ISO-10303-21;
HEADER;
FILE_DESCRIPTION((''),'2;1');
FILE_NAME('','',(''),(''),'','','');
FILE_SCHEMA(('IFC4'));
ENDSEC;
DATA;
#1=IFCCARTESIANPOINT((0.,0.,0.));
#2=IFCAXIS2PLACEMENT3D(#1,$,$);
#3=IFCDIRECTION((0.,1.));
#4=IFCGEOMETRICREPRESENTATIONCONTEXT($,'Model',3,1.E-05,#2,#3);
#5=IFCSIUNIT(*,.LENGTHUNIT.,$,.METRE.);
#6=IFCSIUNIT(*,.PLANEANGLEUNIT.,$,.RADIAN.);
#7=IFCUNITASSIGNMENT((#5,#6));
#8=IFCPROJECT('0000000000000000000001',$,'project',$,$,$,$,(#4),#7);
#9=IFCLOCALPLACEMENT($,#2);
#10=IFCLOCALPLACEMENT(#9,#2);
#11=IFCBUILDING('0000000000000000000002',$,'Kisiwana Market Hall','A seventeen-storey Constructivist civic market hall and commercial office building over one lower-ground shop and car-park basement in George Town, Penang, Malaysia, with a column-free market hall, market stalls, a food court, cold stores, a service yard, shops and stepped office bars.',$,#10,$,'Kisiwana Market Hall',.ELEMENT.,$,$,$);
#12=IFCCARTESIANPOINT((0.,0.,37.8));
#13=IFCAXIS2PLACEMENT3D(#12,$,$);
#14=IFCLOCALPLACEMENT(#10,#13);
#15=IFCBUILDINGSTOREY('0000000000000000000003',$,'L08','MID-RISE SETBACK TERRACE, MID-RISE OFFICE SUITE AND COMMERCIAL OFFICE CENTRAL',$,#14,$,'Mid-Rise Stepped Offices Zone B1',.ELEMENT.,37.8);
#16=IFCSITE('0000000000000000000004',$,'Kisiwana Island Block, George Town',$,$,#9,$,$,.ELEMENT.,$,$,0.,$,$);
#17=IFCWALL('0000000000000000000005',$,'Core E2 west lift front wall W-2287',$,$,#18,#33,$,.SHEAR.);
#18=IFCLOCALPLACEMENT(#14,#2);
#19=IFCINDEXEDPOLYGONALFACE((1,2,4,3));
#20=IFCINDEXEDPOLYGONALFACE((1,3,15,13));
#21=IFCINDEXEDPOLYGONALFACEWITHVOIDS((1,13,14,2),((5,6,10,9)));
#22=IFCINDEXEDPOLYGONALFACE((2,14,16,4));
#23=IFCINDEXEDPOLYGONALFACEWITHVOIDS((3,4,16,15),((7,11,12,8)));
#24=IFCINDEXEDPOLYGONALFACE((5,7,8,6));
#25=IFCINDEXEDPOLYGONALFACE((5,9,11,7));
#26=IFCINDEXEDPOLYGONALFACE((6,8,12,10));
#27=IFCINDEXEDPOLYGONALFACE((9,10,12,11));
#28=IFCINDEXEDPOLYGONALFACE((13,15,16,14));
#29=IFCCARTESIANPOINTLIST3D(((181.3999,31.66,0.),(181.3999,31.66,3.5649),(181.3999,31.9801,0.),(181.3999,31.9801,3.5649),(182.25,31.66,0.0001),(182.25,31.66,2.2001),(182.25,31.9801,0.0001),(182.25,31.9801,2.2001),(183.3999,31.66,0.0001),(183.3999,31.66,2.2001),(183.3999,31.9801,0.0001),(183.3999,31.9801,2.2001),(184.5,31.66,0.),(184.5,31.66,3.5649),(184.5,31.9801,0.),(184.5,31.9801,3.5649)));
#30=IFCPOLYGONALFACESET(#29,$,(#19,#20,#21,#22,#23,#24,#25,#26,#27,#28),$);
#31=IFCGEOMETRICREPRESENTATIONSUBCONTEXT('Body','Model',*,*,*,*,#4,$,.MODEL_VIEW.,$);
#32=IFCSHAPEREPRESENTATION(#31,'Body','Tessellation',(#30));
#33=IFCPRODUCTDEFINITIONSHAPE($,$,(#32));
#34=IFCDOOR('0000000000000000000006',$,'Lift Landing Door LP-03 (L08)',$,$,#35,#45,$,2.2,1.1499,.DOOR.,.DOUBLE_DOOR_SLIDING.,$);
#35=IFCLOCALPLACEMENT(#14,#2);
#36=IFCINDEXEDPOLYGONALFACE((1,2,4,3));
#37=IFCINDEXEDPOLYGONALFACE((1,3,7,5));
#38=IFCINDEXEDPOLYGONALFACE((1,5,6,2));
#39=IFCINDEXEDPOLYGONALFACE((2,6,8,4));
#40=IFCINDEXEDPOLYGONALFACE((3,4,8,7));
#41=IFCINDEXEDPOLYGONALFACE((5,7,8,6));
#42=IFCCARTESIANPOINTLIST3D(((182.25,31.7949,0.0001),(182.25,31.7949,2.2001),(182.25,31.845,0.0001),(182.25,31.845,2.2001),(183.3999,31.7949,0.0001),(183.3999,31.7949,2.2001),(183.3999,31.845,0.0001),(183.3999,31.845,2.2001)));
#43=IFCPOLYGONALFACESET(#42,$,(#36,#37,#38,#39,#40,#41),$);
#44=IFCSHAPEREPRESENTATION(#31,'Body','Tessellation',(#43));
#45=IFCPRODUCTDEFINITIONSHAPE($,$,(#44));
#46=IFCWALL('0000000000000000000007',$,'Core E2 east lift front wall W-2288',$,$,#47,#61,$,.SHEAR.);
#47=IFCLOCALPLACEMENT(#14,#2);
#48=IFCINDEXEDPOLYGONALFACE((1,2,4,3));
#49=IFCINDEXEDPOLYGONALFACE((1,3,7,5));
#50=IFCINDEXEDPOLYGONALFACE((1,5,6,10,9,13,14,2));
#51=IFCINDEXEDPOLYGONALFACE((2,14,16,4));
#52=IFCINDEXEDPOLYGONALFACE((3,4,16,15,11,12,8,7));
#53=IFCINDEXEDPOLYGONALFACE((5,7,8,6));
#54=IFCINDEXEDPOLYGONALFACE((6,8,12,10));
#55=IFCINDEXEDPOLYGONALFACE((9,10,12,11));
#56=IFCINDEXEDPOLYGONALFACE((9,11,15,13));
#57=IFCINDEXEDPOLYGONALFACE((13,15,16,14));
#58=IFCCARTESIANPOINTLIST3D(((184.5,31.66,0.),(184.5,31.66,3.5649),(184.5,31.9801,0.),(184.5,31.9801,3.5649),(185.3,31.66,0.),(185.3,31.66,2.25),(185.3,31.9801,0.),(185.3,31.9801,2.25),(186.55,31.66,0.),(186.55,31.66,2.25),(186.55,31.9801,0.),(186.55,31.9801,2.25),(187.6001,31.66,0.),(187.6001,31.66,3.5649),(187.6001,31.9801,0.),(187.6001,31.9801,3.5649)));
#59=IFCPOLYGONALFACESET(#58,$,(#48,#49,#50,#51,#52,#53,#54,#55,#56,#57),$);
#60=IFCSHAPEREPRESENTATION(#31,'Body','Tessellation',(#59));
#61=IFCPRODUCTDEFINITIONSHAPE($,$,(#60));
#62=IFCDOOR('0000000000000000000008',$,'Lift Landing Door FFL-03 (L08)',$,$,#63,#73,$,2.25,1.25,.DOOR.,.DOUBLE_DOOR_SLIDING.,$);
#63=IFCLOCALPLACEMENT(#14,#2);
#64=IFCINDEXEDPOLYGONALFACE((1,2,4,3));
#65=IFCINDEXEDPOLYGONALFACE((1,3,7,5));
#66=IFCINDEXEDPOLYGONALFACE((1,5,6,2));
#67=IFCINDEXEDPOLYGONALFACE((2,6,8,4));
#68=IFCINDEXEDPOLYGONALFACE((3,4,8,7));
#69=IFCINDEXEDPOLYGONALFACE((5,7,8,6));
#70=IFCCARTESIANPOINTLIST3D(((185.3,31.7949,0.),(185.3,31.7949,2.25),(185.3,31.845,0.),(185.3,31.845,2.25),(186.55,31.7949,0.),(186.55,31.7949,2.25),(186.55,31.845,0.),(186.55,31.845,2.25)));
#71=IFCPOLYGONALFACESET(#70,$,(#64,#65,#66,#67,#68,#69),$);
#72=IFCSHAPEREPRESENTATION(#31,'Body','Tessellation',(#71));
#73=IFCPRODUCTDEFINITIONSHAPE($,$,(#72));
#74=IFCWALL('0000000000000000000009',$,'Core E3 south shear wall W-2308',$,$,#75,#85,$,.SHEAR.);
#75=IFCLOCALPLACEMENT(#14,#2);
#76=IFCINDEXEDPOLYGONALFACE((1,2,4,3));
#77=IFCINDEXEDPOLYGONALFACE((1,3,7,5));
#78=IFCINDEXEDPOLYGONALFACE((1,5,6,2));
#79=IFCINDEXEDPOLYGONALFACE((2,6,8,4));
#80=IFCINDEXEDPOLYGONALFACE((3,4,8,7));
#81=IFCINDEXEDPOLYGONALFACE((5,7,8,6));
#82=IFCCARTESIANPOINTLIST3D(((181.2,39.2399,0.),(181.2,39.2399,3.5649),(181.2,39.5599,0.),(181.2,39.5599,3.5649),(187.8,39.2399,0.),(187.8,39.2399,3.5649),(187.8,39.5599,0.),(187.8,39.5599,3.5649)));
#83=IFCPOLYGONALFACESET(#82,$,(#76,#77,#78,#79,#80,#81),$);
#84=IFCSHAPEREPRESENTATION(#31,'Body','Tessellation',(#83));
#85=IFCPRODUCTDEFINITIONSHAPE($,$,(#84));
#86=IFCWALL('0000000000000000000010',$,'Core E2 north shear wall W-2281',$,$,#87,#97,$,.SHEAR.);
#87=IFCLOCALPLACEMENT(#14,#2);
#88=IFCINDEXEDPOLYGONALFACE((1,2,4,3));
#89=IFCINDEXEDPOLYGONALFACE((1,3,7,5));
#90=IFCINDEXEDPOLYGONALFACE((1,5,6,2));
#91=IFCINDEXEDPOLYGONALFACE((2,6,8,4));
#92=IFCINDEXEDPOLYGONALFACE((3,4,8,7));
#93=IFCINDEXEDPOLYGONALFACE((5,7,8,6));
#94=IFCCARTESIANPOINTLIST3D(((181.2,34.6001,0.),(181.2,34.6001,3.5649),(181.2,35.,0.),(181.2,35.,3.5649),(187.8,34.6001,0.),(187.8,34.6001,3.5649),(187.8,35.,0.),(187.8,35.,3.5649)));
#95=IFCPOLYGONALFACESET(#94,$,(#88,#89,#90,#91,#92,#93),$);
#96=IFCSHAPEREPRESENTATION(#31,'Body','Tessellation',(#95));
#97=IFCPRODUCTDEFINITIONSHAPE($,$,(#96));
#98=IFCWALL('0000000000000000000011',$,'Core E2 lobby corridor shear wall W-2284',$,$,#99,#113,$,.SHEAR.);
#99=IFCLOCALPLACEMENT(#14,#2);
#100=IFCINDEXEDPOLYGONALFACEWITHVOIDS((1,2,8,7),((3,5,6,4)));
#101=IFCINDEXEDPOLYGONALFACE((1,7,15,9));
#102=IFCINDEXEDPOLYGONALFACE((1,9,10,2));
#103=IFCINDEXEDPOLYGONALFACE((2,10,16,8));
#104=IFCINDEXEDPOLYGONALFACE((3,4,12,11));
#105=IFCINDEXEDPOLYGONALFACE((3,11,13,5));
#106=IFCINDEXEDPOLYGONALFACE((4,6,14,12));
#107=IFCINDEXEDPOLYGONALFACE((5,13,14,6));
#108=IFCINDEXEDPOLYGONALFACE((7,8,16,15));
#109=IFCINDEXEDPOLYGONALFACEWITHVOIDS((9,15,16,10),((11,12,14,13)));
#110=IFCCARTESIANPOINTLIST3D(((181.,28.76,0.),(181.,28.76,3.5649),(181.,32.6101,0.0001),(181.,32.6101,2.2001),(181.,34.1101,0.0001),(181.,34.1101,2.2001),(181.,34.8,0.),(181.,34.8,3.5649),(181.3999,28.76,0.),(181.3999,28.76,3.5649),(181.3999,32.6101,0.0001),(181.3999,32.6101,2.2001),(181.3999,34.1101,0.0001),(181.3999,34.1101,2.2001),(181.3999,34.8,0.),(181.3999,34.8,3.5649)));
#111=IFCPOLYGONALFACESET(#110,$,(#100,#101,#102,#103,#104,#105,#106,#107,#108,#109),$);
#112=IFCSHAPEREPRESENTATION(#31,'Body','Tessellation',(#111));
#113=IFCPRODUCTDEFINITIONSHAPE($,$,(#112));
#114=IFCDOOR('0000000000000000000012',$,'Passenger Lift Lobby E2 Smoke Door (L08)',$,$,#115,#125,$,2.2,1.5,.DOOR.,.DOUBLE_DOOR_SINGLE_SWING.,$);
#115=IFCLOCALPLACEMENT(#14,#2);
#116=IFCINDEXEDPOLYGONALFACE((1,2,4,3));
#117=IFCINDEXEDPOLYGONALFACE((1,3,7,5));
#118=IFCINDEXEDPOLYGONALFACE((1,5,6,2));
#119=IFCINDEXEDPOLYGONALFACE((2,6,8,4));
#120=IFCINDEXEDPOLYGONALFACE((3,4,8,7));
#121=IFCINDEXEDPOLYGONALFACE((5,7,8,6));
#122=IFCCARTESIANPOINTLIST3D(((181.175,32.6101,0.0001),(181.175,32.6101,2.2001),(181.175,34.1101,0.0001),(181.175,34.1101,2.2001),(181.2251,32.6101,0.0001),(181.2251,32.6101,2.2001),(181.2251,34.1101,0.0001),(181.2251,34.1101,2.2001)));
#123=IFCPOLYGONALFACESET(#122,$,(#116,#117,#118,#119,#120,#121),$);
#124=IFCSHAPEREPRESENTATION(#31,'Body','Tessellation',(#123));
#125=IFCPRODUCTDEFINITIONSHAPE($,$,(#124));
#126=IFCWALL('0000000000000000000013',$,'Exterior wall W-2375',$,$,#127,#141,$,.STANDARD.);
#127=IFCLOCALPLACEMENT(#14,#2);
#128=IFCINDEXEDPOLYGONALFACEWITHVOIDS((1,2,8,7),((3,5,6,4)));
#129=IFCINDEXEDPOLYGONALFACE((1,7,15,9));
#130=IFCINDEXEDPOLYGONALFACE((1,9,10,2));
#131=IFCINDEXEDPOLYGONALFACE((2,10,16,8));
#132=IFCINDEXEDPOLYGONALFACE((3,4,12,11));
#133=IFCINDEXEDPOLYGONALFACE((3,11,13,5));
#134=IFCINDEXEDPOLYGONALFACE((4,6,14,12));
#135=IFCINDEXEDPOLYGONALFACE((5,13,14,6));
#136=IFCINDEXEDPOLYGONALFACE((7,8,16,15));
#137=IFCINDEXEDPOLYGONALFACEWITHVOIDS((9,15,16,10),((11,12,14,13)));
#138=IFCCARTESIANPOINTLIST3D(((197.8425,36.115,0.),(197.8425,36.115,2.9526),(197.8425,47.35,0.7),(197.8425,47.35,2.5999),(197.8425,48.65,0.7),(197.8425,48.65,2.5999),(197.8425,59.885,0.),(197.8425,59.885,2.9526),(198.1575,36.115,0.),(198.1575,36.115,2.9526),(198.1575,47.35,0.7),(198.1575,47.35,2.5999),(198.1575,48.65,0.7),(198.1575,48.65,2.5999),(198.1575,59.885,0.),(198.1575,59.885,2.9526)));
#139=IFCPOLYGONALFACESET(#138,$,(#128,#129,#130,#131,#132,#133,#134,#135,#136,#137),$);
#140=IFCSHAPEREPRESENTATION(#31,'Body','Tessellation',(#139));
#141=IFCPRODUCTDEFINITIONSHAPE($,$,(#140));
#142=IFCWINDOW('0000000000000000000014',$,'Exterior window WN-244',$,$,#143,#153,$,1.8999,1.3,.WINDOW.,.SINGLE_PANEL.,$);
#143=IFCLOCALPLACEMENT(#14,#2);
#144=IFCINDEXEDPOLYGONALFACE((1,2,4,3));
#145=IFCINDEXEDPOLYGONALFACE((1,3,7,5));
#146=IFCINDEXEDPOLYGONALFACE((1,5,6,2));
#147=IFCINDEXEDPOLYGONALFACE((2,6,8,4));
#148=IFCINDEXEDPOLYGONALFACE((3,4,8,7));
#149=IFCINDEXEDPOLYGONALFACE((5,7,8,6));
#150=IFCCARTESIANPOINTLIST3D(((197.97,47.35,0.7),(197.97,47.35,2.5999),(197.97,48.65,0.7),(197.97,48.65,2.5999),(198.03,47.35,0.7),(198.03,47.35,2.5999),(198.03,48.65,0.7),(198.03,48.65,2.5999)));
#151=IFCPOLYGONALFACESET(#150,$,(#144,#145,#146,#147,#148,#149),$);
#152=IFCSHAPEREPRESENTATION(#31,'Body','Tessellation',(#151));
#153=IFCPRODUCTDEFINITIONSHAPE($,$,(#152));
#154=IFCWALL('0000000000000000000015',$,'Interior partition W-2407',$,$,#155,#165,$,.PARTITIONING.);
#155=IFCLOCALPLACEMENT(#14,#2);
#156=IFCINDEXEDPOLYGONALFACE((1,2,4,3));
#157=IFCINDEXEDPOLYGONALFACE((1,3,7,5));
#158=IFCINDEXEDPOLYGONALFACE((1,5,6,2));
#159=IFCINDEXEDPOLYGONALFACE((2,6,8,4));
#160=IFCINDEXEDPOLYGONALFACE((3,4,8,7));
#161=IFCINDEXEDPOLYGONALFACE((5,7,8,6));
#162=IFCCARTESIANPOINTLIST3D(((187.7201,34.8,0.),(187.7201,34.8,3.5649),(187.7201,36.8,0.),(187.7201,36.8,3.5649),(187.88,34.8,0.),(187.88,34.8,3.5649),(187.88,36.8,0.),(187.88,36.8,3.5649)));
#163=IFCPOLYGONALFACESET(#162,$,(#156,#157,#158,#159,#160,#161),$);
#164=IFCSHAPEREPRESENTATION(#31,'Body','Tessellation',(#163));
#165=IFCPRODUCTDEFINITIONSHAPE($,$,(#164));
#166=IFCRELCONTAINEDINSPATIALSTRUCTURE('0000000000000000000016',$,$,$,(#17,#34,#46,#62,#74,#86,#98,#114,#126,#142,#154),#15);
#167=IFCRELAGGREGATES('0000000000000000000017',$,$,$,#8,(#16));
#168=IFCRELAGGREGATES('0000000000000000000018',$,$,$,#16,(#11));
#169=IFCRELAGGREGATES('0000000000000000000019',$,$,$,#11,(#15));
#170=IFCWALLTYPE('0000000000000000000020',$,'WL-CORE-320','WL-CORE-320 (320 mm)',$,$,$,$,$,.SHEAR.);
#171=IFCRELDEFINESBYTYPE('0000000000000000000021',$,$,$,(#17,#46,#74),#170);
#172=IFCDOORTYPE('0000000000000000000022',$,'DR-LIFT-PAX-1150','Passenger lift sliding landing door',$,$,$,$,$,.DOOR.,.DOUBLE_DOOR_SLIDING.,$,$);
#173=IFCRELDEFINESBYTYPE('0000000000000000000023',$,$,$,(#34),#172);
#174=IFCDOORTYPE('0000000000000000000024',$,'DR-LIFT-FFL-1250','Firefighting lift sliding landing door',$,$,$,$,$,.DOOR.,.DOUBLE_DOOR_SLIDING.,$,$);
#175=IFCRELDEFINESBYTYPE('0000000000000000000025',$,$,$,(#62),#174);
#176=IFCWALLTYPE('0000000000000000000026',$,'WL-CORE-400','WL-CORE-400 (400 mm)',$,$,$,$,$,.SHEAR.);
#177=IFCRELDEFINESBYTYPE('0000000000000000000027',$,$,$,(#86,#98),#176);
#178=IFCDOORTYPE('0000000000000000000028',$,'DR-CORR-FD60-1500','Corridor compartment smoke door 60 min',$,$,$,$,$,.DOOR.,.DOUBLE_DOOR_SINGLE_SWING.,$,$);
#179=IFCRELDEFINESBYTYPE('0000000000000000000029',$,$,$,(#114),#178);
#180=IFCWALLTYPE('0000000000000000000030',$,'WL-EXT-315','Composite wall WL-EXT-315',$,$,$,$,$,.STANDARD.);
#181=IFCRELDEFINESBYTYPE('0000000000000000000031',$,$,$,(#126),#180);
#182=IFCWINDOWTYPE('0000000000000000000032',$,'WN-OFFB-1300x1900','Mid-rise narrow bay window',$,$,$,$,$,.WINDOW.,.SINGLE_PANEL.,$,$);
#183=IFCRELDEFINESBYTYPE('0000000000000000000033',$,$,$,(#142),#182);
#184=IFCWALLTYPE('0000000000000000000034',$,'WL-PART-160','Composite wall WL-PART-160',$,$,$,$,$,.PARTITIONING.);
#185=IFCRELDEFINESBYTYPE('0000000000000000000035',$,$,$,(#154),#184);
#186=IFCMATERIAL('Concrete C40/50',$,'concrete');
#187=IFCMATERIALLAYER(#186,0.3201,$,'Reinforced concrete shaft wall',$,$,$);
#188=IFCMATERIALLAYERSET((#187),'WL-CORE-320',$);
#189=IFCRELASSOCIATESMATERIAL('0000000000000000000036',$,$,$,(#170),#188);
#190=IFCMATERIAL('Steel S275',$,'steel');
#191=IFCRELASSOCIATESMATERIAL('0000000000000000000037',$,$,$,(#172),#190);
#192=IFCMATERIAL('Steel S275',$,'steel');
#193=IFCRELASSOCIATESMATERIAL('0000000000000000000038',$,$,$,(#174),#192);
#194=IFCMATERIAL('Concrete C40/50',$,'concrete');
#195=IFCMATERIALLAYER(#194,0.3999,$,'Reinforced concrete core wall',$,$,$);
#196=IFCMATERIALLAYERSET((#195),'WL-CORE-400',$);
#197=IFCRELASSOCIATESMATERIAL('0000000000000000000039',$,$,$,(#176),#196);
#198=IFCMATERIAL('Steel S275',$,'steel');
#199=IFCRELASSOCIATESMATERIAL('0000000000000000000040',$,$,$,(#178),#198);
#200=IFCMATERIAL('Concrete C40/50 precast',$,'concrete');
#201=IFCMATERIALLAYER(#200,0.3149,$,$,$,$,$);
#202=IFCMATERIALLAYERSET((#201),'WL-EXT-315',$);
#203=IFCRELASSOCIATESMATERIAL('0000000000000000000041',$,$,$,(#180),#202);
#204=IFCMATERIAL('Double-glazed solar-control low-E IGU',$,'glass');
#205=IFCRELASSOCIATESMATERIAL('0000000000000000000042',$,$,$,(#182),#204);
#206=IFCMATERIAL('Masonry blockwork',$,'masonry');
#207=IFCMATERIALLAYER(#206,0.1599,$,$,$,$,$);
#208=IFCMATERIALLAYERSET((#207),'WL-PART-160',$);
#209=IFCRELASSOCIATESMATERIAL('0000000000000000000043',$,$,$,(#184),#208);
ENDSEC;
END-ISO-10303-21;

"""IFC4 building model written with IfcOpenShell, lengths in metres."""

from ifc_helpers import new_model, si_unit, direction, frame, frame_2d, origin, place, context, subcontext, project, spatial, rectangle, extrude, material, layer, layer_set, type_object, element, fill, save


model = new_model("IFC4")

# Units and contexts
model_context = context("Model", 3, precision=1e-05, world=origin(), true_north=direction((0.0, 1.0)))
body_context = subcontext(model_context, "Body", "Model", "MODEL_VIEW")
ifc_project = project(units=[si_unit("LENGTHUNIT", "METRE"), si_unit("PLANEANGLEUNIT", "RADIAN")], contexts=[model_context])

# Site, building, storey
site_placement = place(None, origin())
site = spatial("IfcSite", under=ifc_project, at=site_placement, Name="Kisiwana Island Block, George Town", CompositionType="ELEMENT", RefElevation=0.0)
building_placement = place(site_placement, origin())
building = spatial("IfcBuilding", under=site, at=building_placement, Name="Kisiwana Market Hall", Description="A seventeen-storey Constructivist civic market hall and commercial office building over one lower-ground shop and car-park basement in George Town, Penang, Malaysia, with a column-free market hall, market stalls, a food court, cold stores, a service yard, shops and stepped office bars.", LongName="Kisiwana Market Hall", CompositionType="ELEMENT")
storey_placement = place(building_placement, frame((0.0, 0.0, 37.8)))
storey = spatial("IfcBuildingStorey", under=building, at=storey_placement, Name="L08", Description="MID-RISE SETBACK TERRACE, MID-RISE OFFICE SUITE AND COMMERCIAL OFFICE CENTRAL", LongName="Mid-Rise Stepped Offices Zone B1", CompositionType="ELEMENT", Elevation=37.8)

# Shared definitions
ifc_material_1 = material(Name="Concrete C40/50", Category="concrete")
ifc_layer_1 = layer(ifc_material_1, 0.3201, Name="Reinforced concrete shaft wall")
ifc_layer_set_1 = layer_set([ifc_layer_1], Name="WL-CORE-320")
wall_type_1 = type_object("IfcWallType", Name="WL-CORE-320", Description="WL-CORE-320 (320 mm)", PredefinedType="SHEAR", material=ifc_layer_set_1)

# Walls, openings, doors
wall_1_placement = place(storey_placement, frame((181.3999, 31.8201, 0.0), z_axis=(0.0, 0.0, 1.0), x_axis=(1.0, 0.0, 0.0)))
wall_1 = element("IfcWall", 1, at=wall_1_placement, inside=storey, type_object=wall_type_1, Name="Core E2 west lift front wall W-2287", PredefinedType="SHEAR", context=body_context, shape_type="SweptSolid", body=[
    extrude(rectangle(XDim=3.1001, YDim=0.3201, at=frame_2d((1.55, 0.0))), origin(), (0.0, 0.0, 1.0), 3.5649),
])
opening_1_placement = place(wall_1_placement, frame((0.8501, 0.0, 0.0)))
opening_1 = element("IfcOpeningElement", 2, at=opening_1_placement, cuts=wall_1, PredefinedType="OPENING", context=body_context, shape_type="SweptSolid", body=[
    extrude(rectangle(XDim=1.1499, YDim=2.2, at=frame_2d((0.575, 1.1001))), frame((0.0, 0.1719, 0.0), z_axis=(0.0, -1.0, 0.0), x_axis=(1.0, 0.0, 0.0)), (0.0, 0.0, 1.0), 0.344),
])
ifc_material_2 = material(Name="Steel S275", Category="steel")
door_type_1 = type_object("IfcDoorType", Name="DR-LIFT-PAX-1150", Description="Passenger lift sliding landing door", OperationType="DOUBLE_DOOR_SLIDING", PredefinedType="DOOR", material=ifc_material_2)
door_1_placement = place(opening_1_placement, origin())
door_1 = element("IfcDoor", 3, at=door_1_placement, inside=storey, type_object=door_type_1, Name="Lift Landing Door LP-03 (L08)", OperationType="DOUBLE_DOOR_SLIDING", OverallHeight=2.2, OverallWidth=1.1499, PredefinedType="DOOR", context=body_context, shape_type="SweptSolid", body=[
    extrude(rectangle(XDim=1.1499, YDim=2.2, at=frame_2d((0.575, 1.1001))), frame((0.0, 0.0249, 0.0), z_axis=(0.0, -1.0, 0.0), x_axis=(1.0, 0.0, 0.0)), (0.0, 0.0, 1.0), 0.05),
])
fill(opening_1, door_1)
wall_2_placement = place(storey_placement, frame((184.5, 31.8201, 0.0), z_axis=(0.0, 0.0, 1.0), x_axis=(1.0, 0.0, 0.0)))
wall_2 = element("IfcWall", 4, at=wall_2_placement, inside=storey, type_object=wall_type_1, Name="Core E2 east lift front wall W-2288", PredefinedType="SHEAR", context=body_context, shape_type="SweptSolid", body=[
    extrude(rectangle(XDim=3.1001, YDim=0.3201, at=frame_2d((1.55, 0.0))), origin(), (0.0, 0.0, 1.0), 3.5649),
])
opening_2_placement = place(wall_2_placement, frame((0.8, 0.0, 0.0)))
opening_2 = element("IfcOpeningElement", 5, at=opening_2_placement, cuts=wall_2, PredefinedType="OPENING", context=body_context, shape_type="SweptSolid", body=[
    extrude(rectangle(XDim=1.25, YDim=2.25, at=frame_2d((0.625, 1.125))), frame((0.0, 0.1719, 0.0), z_axis=(0.0, -1.0, 0.0), x_axis=(1.0, 0.0, 0.0)), (0.0, 0.0, 1.0), 0.344),
])
ifc_material_3 = material(Name="Steel S275", Category="steel")
door_type_2 = type_object("IfcDoorType", Name="DR-LIFT-FFL-1250", Description="Firefighting lift sliding landing door", OperationType="DOUBLE_DOOR_SLIDING", PredefinedType="DOOR", material=ifc_material_3)
door_2_placement = place(opening_2_placement, origin())
door_2 = element("IfcDoor", 6, at=door_2_placement, inside=storey, type_object=door_type_2, Name="Lift Landing Door FFL-03 (L08)", OperationType="DOUBLE_DOOR_SLIDING", OverallHeight=2.25, OverallWidth=1.25, PredefinedType="DOOR", context=body_context, shape_type="SweptSolid", body=[
    extrude(rectangle(XDim=1.25, YDim=2.25, at=frame_2d((0.625, 1.125))), frame((0.0, 0.0249, 0.0), z_axis=(0.0, -1.0, 0.0), x_axis=(1.0, 0.0, 0.0)), (0.0, 0.0, 1.0), 0.05),
])
fill(opening_2, door_2)

# Walls
wall_3_placement = place(storey_placement, frame((181.2, 39.3999, 0.0), z_axis=(0.0, 0.0, 1.0), x_axis=(1.0, 0.0, 0.0)))
element("IfcWall", 7, at=wall_3_placement, inside=storey, type_object=wall_type_1, Name="Core E3 south shear wall W-2308", PredefinedType="SHEAR", context=body_context, shape_type="SweptSolid", body=[
    extrude(rectangle(XDim=6.6001, YDim=0.3201, at=frame_2d((3.3, 0.0))), origin(), (0.0, 0.0, 1.0), 3.5649),
])
ifc_material_4 = material(Name="Concrete C40/50", Category="concrete")
ifc_layer_2 = layer(ifc_material_4, 0.3999, Name="Reinforced concrete core wall")
ifc_layer_set_2 = layer_set([ifc_layer_2], Name="WL-CORE-400")
wall_type_2 = type_object("IfcWallType", Name="WL-CORE-400", Description="WL-CORE-400 (400 mm)", PredefinedType="SHEAR", material=ifc_layer_set_2)
wall_4_placement = place(storey_placement, frame((181.2, 34.8, 0.0), z_axis=(0.0, 0.0, 1.0), x_axis=(1.0, 0.0, 0.0)))
element("IfcWall", 8, at=wall_4_placement, inside=storey, type_object=wall_type_2, Name="Core E2 north shear wall W-2281", PredefinedType="SHEAR", context=body_context, shape_type="SweptSolid", body=[
    extrude(rectangle(XDim=6.6001, YDim=0.3999, at=frame_2d((3.3, 0.0))), origin(), (0.0, 0.0, 1.0), 3.5649),
])

# Wall, opening, door
wall_5_placement = place(storey_placement, frame((181.2, 28.76, 0.0), z_axis=(0.0, 0.0, 1.0), x_axis=(0.0, 1.0, 0.0)))
wall_5 = element("IfcWall", 9, at=wall_5_placement, inside=storey, type_object=wall_type_2, Name="Core E2 lobby corridor shear wall W-2284", PredefinedType="SHEAR", context=body_context, shape_type="SweptSolid", body=[
    extrude(rectangle(XDim=6.04, YDim=0.3999, at=frame_2d((3.02, 0.0))), origin(), (0.0, 0.0, 1.0), 3.5649),
])
opening_3_placement = place(wall_5_placement, frame((3.8501, 0.0, 0.0)))
opening_3 = element("IfcOpeningElement", 10, at=opening_3_placement, cuts=wall_5, PredefinedType="OPENING", context=body_context, shape_type="SweptSolid", body=[
    extrude(rectangle(XDim=1.5, YDim=2.2, at=frame_2d((0.75, 1.1001))), frame((0.0, 0.2119, 0.0), z_axis=(0.0, -1.0, 0.0), x_axis=(1.0, 0.0, 0.0)), (0.0, 0.0, 1.0), 0.4238),
])
ifc_material_5 = material(Name="Steel S275", Category="steel")
door_type_3 = type_object("IfcDoorType", Name="DR-CORR-FD60-1500", Description="Corridor compartment smoke door 60 min", OperationType="DOUBLE_DOOR_SINGLE_SWING", PredefinedType="DOOR", material=ifc_material_5)
door_3_placement = place(opening_3_placement, origin())
door_3 = element("IfcDoor", 11, at=door_3_placement, inside=storey, type_object=door_type_3, Name="Passenger Lift Lobby E2 Smoke Door (L08)", OperationType="DOUBLE_DOOR_SINGLE_SWING", OverallHeight=2.2, OverallWidth=1.5, PredefinedType="DOOR", context=body_context, shape_type="SweptSolid", body=[
    extrude(rectangle(XDim=1.5, YDim=2.2, at=frame_2d((0.75, 1.1001))), frame((0.0, 0.0249, 0.0), z_axis=(0.0, -1.0, 0.0), x_axis=(1.0, 0.0, 0.0)), (0.0, 0.0, 1.0), 0.05),
])
fill(opening_3, door_3)

# Wall, opening, window
ifc_material_6 = material(Name="Concrete C40/50 precast", Category="concrete")
ifc_layer_3 = layer(ifc_material_6, 0.3149)
ifc_layer_set_3 = layer_set([ifc_layer_3], Name="WL-EXT-315")
wall_type_3 = type_object("IfcWallType", Name="WL-EXT-315", Description="Composite wall WL-EXT-315", PredefinedType="STANDARD", material=ifc_layer_set_3)
wall_6_placement = place(storey_placement, frame((198.0, 36.115, 0.0), z_axis=(0.0, 0.0, 1.0), x_axis=(0.0, 1.0, 0.0)))
wall_6 = element("IfcWall", 12, at=wall_6_placement, inside=storey, type_object=wall_type_3, Name="Exterior wall W-2375", PredefinedType="STANDARD", context=body_context, shape_type="SweptSolid", body=[
    extrude(rectangle(XDim=23.77, YDim=0.3149, at=frame_2d((11.885, 0.0))), origin(), (0.0, 0.0, 1.0), 2.9526),
])
opening_4_placement = place(wall_6_placement, frame((11.2351, 0.0, 0.7)))
opening_4 = element("IfcOpeningElement", 13, at=opening_4_placement, cuts=wall_6, PredefinedType="OPENING", context=body_context, shape_type="SweptSolid", body=[
    extrude(rectangle(XDim=1.3, YDim=1.8999, at=frame_2d((0.6499, 0.95))), frame((0.0, 0.1694, 0.0), z_axis=(0.0, -1.0, 0.0), x_axis=(1.0, 0.0, 0.0)), (0.0, 0.0, 1.0), 0.3389),
])
ifc_material_7 = material(Name="Double-glazed solar-control low-E IGU", Category="glass")
window_type = type_object("IfcWindowType", Name="WN-OFFB-1300x1900", Description="Mid-rise narrow bay window", PartitioningType="SINGLE_PANEL", PredefinedType="WINDOW", material=ifc_material_7)
window_placement = place(opening_4_placement, origin())
window = element("IfcWindow", 14, at=window_placement, inside=storey, type_object=window_type, Name="Exterior window WN-244", OverallHeight=1.8999, OverallWidth=1.3, PartitioningType="SINGLE_PANEL", PredefinedType="WINDOW", context=body_context, shape_type="SweptSolid", body=[
    extrude(rectangle(XDim=1.3, YDim=1.8999, at=frame_2d((0.6499, 0.95))), frame((0.0, 0.03, 0.0), z_axis=(0.0, -1.0, 0.0), x_axis=(1.0, 0.0, 0.0)), (0.0, 0.0, 1.0), 0.0601),
])
fill(opening_4, window)

# Wall
ifc_material_8 = material(Name="Masonry blockwork", Category="masonry")
ifc_layer_4 = layer(ifc_material_8, 0.1599)
ifc_layer_set_4 = layer_set([ifc_layer_4], Name="WL-PART-160")
wall_type_4 = type_object("IfcWallType", Name="WL-PART-160", Description="Composite wall WL-PART-160", PredefinedType="PARTITIONING", material=ifc_layer_set_4)
wall_7_placement = place(storey_placement, frame((187.8, 34.8, 0.0), z_axis=(0.0, 0.0, 1.0), x_axis=(0.0, 1.0, 0.0)))
element("IfcWall", 15, at=wall_7_placement, inside=storey, type_object=wall_type_4, Name="Interior partition W-2407", PredefinedType="PARTITIONING", context=body_context, shape_type="SweptSolid", body=[
    extrude(rectangle(XDim=2.0, YDim=0.1599, at=frame_2d((1.0, 0.0))), origin(), (0.0, 0.0, 1.0), 3.5649),
])

save(model, "model.ifc")
